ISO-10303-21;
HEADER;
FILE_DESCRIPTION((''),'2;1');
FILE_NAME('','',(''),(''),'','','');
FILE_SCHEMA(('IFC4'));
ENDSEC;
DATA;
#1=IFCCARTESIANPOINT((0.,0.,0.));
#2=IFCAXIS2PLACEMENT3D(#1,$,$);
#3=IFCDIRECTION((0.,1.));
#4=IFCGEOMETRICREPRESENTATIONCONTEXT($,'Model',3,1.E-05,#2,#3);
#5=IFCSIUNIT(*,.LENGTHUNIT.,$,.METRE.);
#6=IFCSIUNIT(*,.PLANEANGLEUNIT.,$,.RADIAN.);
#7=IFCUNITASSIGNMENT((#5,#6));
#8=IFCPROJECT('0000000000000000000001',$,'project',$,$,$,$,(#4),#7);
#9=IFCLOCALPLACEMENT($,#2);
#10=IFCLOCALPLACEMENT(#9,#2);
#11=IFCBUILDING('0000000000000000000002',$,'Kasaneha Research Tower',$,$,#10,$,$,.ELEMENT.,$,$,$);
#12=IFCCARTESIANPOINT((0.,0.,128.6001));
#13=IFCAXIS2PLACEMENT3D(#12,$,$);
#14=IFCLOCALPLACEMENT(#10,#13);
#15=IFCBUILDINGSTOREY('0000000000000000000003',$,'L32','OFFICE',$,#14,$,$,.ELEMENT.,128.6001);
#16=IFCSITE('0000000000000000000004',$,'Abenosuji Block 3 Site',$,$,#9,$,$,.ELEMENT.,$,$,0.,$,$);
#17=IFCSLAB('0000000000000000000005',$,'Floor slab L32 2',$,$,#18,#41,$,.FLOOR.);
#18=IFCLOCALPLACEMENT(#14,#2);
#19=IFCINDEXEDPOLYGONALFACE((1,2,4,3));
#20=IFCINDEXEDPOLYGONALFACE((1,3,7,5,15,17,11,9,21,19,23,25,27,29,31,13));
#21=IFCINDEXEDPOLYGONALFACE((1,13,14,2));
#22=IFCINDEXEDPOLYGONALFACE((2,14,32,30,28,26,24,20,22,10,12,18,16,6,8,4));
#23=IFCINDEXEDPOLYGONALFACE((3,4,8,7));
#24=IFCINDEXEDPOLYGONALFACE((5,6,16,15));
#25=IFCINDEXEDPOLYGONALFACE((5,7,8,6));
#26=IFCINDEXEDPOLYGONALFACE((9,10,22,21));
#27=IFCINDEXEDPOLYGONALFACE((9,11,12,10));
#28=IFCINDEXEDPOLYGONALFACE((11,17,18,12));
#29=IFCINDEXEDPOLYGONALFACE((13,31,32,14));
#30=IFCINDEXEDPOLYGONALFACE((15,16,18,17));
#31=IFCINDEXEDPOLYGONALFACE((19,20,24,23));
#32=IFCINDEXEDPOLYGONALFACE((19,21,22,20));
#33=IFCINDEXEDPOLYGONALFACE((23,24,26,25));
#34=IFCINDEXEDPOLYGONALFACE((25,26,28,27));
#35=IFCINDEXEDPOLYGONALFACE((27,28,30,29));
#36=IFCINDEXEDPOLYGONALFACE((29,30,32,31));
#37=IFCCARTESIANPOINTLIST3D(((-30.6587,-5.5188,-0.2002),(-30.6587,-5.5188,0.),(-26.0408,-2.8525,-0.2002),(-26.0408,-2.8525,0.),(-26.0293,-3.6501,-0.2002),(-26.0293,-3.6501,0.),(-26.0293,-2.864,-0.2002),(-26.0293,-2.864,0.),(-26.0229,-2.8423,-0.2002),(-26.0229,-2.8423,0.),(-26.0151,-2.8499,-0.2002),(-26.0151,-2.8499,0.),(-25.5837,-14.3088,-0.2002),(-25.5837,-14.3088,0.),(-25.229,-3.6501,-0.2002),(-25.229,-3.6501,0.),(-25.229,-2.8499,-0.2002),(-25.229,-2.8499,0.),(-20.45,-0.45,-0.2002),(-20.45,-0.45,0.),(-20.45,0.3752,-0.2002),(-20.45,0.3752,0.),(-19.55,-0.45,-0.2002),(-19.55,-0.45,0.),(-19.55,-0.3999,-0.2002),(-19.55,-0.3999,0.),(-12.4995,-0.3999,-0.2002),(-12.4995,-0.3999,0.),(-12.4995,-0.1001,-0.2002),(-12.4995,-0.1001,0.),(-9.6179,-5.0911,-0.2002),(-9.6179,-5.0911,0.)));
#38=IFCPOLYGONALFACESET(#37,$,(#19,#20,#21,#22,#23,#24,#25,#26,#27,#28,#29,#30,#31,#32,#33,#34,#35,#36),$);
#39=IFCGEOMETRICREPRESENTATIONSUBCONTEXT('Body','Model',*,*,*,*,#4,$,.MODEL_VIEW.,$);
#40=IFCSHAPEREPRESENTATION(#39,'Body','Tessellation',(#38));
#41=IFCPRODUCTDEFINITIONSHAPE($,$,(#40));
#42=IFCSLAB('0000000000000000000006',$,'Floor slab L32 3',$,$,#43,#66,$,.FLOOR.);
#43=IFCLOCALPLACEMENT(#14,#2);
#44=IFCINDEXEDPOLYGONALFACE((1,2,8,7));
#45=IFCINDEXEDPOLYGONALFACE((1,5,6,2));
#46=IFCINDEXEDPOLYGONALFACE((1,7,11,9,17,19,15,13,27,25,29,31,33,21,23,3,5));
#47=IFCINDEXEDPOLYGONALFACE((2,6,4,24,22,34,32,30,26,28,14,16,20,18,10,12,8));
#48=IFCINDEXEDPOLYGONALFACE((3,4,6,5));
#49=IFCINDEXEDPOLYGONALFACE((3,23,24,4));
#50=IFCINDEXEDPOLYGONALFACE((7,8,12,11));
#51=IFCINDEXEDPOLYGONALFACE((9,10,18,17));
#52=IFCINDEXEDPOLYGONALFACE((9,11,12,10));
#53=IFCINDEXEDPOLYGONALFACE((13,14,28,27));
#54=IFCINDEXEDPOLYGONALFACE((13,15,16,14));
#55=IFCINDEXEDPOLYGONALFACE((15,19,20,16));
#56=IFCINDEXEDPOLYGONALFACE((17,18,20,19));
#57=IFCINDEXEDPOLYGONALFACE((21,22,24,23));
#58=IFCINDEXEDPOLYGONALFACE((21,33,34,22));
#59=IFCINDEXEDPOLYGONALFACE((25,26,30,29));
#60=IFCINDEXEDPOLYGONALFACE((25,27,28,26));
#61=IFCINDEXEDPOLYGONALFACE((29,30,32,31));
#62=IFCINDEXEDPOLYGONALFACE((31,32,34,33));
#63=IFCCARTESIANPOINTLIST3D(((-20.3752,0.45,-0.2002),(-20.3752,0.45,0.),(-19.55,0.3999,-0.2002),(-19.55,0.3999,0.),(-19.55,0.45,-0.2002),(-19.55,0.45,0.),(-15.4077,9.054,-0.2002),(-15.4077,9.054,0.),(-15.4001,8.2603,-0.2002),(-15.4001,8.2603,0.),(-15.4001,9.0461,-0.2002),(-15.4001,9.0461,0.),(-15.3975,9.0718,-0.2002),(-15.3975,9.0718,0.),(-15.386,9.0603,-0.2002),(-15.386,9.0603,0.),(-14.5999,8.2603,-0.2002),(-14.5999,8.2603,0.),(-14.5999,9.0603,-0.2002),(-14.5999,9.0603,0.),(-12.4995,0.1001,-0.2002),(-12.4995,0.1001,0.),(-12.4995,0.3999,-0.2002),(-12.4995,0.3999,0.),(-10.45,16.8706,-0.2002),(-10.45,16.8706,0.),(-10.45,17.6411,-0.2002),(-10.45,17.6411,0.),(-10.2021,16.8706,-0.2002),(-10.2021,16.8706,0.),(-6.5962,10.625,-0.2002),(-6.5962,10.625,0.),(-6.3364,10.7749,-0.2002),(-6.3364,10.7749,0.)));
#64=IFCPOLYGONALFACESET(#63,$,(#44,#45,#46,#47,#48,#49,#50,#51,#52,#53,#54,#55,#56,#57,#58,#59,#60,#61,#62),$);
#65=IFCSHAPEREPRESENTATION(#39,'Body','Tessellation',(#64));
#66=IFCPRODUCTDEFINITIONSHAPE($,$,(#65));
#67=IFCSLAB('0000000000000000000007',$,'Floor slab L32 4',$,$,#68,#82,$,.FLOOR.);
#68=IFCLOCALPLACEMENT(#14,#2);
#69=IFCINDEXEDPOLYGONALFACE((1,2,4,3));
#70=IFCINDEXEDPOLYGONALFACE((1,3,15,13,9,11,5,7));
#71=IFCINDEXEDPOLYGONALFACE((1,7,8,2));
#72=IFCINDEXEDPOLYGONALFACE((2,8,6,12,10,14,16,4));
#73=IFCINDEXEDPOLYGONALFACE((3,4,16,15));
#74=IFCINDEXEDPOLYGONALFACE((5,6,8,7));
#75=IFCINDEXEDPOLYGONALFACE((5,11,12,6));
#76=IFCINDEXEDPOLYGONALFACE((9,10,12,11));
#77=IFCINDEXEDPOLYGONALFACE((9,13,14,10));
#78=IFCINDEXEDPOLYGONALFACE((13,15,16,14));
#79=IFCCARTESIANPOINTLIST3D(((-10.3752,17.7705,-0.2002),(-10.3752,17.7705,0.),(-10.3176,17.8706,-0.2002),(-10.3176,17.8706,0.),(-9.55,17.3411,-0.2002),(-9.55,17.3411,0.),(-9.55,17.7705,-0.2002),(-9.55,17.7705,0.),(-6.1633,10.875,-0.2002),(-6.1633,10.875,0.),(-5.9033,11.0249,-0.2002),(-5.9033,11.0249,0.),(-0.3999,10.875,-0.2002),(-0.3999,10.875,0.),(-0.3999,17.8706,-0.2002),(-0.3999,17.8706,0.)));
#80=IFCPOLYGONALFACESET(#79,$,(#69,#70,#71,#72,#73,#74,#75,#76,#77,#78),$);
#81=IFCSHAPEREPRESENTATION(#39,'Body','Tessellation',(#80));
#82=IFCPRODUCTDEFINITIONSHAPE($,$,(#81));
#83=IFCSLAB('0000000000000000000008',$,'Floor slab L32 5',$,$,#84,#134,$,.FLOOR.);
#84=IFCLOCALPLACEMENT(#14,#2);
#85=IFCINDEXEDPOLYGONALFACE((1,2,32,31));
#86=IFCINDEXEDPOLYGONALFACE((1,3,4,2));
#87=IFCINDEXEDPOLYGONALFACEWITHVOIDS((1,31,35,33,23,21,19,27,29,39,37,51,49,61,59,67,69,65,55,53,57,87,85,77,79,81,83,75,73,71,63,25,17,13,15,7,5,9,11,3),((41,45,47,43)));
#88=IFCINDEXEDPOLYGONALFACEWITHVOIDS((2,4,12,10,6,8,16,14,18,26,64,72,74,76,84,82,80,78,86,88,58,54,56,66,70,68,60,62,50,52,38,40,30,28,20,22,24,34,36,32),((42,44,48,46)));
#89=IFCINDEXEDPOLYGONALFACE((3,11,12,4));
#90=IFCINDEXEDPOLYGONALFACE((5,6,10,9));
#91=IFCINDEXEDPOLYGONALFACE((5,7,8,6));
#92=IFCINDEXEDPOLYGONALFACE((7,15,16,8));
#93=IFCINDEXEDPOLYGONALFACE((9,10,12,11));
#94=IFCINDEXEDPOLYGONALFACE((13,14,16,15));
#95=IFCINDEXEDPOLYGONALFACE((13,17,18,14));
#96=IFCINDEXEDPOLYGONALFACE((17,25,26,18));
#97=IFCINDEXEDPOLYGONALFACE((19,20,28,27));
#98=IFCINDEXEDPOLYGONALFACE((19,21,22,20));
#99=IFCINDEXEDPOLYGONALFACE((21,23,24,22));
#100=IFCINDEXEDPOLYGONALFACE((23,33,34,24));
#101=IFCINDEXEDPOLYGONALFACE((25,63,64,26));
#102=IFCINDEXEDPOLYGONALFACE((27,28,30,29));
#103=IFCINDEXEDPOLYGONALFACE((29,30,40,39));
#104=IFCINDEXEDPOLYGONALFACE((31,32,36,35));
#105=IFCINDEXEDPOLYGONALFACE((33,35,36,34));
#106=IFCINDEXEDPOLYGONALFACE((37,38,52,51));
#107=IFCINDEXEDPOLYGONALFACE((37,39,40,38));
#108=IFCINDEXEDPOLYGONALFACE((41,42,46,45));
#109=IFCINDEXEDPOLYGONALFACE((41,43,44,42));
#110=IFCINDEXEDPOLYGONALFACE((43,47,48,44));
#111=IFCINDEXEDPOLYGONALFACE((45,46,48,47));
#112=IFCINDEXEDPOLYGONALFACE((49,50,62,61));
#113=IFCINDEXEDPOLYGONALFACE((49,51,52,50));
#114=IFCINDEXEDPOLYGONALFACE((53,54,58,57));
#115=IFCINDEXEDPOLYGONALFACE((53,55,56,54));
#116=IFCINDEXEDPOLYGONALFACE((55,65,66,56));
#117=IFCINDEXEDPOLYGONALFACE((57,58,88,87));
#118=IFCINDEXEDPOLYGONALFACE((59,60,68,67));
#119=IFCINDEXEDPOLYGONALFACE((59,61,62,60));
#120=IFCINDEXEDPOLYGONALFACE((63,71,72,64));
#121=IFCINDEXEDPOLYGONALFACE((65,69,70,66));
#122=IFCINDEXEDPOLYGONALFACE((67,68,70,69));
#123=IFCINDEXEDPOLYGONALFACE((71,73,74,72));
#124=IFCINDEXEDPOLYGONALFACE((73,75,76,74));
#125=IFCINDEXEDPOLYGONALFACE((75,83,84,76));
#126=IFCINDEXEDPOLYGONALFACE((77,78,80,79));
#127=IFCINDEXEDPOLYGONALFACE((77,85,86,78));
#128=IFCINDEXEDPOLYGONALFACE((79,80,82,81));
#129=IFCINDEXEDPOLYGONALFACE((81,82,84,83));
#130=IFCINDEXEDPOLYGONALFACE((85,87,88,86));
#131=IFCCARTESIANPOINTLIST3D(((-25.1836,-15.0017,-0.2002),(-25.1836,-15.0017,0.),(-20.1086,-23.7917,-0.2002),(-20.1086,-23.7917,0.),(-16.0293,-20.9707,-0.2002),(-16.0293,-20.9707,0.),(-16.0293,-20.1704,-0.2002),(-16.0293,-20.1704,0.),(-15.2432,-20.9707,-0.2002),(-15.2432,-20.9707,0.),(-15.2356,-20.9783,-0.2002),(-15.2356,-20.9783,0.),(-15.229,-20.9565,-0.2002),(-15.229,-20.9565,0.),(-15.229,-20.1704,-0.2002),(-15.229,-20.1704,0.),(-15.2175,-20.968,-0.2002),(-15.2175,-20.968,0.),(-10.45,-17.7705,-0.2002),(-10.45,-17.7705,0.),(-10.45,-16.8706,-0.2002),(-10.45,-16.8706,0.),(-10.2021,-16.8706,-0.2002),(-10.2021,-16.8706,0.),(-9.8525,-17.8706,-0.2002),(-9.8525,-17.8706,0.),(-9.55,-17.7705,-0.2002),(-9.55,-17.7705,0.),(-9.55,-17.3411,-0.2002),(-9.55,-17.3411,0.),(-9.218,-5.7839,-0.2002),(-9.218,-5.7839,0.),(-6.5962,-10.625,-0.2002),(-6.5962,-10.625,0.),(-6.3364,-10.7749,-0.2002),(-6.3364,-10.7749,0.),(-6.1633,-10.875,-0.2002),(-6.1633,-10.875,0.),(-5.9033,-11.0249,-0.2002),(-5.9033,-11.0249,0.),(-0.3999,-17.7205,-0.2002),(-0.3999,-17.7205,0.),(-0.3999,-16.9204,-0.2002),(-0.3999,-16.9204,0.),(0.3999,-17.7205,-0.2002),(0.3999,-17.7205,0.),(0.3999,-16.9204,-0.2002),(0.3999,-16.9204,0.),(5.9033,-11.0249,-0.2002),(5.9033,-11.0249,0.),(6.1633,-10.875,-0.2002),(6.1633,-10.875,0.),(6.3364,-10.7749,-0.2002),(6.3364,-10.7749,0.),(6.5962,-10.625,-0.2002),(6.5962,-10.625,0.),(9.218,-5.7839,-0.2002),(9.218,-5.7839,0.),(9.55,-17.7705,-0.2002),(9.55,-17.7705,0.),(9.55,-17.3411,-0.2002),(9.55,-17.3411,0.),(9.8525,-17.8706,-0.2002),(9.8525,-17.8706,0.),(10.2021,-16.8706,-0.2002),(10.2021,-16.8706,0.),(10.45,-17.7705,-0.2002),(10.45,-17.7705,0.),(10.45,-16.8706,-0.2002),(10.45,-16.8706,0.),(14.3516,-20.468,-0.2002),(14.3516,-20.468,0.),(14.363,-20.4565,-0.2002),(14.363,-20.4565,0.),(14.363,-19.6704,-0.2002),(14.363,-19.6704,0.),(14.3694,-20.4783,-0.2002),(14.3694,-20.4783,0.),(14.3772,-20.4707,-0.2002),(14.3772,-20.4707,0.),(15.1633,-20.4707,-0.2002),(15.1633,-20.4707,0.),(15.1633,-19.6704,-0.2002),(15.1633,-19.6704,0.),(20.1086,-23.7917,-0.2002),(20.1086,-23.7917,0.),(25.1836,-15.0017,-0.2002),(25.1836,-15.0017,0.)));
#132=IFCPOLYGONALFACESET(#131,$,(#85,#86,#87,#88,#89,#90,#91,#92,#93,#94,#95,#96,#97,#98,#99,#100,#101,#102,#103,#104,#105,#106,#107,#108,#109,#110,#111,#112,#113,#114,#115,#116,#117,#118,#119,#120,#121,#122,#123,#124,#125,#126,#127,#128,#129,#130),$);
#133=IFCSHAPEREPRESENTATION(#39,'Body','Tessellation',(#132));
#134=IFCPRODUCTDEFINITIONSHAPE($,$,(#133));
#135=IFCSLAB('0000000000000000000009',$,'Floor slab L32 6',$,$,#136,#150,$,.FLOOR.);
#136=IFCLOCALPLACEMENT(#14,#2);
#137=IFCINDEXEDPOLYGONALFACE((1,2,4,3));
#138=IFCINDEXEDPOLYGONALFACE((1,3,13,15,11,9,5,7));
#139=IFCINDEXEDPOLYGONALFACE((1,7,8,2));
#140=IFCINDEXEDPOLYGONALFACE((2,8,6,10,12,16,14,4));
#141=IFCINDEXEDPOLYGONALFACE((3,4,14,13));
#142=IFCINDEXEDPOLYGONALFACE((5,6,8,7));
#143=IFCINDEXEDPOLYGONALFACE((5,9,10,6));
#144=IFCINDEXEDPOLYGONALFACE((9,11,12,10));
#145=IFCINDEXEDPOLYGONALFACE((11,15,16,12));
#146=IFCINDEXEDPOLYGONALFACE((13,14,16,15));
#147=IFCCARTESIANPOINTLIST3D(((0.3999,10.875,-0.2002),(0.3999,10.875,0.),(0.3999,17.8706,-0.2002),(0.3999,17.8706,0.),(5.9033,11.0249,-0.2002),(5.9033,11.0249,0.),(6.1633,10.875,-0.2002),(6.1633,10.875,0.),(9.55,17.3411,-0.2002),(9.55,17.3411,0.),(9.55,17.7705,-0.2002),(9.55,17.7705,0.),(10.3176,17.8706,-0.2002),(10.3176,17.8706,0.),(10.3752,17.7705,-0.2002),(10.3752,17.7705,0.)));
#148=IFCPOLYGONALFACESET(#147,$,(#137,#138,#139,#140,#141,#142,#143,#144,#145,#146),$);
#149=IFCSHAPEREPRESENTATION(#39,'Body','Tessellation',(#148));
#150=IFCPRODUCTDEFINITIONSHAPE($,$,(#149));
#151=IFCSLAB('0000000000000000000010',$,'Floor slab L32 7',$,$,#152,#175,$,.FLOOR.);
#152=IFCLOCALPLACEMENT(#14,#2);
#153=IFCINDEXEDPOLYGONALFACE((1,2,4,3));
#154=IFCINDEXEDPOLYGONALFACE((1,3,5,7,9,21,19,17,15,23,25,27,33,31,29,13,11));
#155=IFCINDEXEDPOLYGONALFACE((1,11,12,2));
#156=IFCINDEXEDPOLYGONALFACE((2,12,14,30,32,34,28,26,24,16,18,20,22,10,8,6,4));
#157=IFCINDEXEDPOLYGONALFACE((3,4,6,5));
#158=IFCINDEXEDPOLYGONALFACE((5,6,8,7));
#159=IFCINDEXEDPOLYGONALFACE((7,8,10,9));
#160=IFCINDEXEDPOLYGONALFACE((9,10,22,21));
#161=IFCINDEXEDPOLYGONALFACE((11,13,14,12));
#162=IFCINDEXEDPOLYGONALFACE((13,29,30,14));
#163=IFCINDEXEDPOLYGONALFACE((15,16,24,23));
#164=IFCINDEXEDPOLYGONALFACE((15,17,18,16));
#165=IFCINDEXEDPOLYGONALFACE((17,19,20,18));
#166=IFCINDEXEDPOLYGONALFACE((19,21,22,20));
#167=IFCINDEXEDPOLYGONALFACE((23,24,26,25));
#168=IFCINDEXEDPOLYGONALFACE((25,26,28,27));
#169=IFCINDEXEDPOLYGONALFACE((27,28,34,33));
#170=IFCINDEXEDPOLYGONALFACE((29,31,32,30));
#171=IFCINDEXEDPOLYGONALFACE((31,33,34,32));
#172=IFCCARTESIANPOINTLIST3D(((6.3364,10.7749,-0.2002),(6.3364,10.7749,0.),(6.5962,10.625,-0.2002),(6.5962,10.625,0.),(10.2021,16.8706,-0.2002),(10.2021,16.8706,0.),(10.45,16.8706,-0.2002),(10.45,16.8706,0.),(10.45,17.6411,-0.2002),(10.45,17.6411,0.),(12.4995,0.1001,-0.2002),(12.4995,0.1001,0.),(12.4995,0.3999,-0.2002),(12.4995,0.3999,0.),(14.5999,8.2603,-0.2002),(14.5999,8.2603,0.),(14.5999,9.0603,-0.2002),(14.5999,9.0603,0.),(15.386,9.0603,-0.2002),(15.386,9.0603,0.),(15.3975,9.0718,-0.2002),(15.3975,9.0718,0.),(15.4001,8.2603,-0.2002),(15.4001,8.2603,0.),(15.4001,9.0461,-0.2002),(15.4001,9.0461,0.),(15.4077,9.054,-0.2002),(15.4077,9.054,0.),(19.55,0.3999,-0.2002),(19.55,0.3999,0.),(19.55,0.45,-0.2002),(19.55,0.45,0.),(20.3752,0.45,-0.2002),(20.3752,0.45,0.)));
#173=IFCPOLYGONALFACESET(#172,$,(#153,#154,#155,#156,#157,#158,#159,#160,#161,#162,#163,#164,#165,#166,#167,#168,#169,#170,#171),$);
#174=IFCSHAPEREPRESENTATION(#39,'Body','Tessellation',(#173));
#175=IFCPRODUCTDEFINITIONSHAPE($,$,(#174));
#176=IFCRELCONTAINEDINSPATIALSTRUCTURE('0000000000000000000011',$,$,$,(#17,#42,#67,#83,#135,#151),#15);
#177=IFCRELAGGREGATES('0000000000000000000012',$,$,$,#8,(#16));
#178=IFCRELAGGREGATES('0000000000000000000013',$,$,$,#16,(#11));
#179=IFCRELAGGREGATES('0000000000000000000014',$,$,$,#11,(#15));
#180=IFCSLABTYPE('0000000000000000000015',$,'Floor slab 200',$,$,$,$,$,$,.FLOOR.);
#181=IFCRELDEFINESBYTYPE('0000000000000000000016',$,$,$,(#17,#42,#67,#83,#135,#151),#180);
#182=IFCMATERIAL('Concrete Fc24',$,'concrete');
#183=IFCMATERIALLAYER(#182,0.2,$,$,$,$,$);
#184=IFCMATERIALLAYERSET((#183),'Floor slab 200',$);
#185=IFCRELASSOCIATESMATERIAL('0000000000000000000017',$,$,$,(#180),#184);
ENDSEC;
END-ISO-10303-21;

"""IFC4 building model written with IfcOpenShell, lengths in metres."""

from ifc_helpers import new_model, si_unit, direction, frame, origin, place, context, subcontext, project, spatial, polyline, outline, extrude, material, layer, layer_set, type_object, element, save


model = new_model("IFC4")

# Units and contexts
model_context = context("Model", 3, precision=1e-05, world=origin(), true_north=direction((0.0, 1.0)))
body_context = subcontext(model_context, "Body", "Model", "MODEL_VIEW")
ifc_project = project(units=[si_unit("LENGTHUNIT", "METRE"), si_unit("PLANEANGLEUNIT", "RADIAN")], contexts=[model_context])

# Site, building, storey
site_placement = place(None, origin())
site = spatial("IfcSite", under=ifc_project, at=site_placement, Name="Abenosuji Block 3 Site", CompositionType="ELEMENT", RefElevation=0.0)
building_placement = place(site_placement, origin())
building = spatial("IfcBuilding", under=site, at=building_placement, Name="Kasaneha Research Tower", CompositionType="ELEMENT")
storey_placement = place(building_placement, frame((0.0, 0.0, 128.6001)))
storey = spatial("IfcBuildingStorey", under=building, at=storey_placement, Name="L32", Description="OFFICE", CompositionType="ELEMENT", Elevation=128.6001)

# Slabs
ifc_material_1 = material(Name="Concrete Fc24", Category="concrete")
ifc_layer_1 = layer(ifc_material_1, 0.2)
ifc_layer_set_1 = layer_set([ifc_layer_1], Name="Floor slab 200")
slab_type_1 = type_object("IfcSlabType", Name="Floor slab 200", PredefinedType="FLOOR", material=ifc_layer_set_1)
slab_1_placement = place(storey_placement, frame((0.0, 0.0, -0.2002)))
element("IfcSlab", 1, at=slab_1_placement, inside=storey, type_object=slab_type_1, Name="Floor slab L32 2", PredefinedType="FLOOR", context=body_context, shape_type="SweptSolid", body=[
    extrude(outline(polyline([(-25.229, -3.6501), (-25.229, -2.8499), (-26.0151, -2.8499), (-26.0229, -2.8423), (-20.45, 0.3752), (-20.45, -0.45), (-19.55, -0.45), (-19.55, -0.3999), (-12.4995, -0.3999), (-12.4995, -0.1001), (-9.6179, -5.0911), (-25.5837, -14.3088), (-30.6587, -5.5188), (-26.0408, -2.8525), (-26.0293, -2.864), (-26.0293, -3.6501), (-25.229, -3.6501)])), origin(), (0.0, 0.0, 1.0), 0.2002),
])
slab_2_placement = place(storey_placement, frame((0.0, 0.0, -0.2002)))
element("IfcSlab", 2, at=slab_2_placement, inside=storey, type_object=slab_type_1, Name="Floor slab L32 3", PredefinedType="FLOOR", context=body_context, shape_type="SweptSolid", body=[
    extrude(outline(polyline([(-6.3364, 10.7749), (-12.4995, 0.1001), (-12.4995, 0.3999), (-19.55, 0.3999), (-19.55, 0.45), (-20.3752, 0.45), (-15.4077, 9.054), (-15.4001, 9.0461), (-15.4001, 8.2603), (-14.5999, 8.2603), (-14.5999, 9.0603), (-15.386, 9.0603), (-15.3975, 9.0718), (-10.45, 17.6411), (-10.45, 16.8706), (-10.2021, 16.8706), (-6.5962, 10.625), (-6.3364, 10.7749)])), origin(), (0.0, 0.0, 1.0), 0.2002),
])
slab_3_placement = place(storey_placement, frame((0.0, 0.0, -0.2002)))
element("IfcSlab", 3, at=slab_3_placement, inside=storey, type_object=slab_type_1, Name="Floor slab L32 4", PredefinedType="FLOOR", context=body_context, shape_type="SweptSolid", body=[
    extrude(outline(polyline([(-6.1633, 10.875), (-5.9033, 11.0249), (-9.55, 17.3411), (-9.55, 17.7705), (-10.3752, 17.7705), (-10.3176, 17.8706), (-0.3999, 17.8706), (-0.3999, 10.875), (-6.1633, 10.875)])), origin(), (0.0, 0.0, 1.0), 0.2002),
])
slab_4_placement = place(storey_placement, frame((0.0, 0.0, -0.2002)))
element("IfcSlab", 4, at=slab_4_placement, inside=storey, type_object=slab_type_1, Name="Floor slab L32 5", PredefinedType="FLOOR", context=body_context, shape_type="SweptSolid", body=[
    extrude(outline(polyline([(-6.3364, -10.7749), (-6.5962, -10.625), (-10.2021, -16.8706), (-10.45, -16.8706), (-10.45, -17.7705), (-9.55, -17.7705), (-9.55, -17.3411), (-5.9033, -11.0249), (-6.1633, -10.875), (6.1633, -10.875), (5.9033, -11.0249), (9.55, -17.3411), (9.55, -17.7705), (10.45, -17.7705), (10.45, -16.8706), (10.2021, -16.8706), (6.5962, -10.625), (6.3364, -10.7749), (9.218, -5.7839), (25.1836, -15.0017), (20.1086, -23.7917), (14.3694, -20.4783), (14.3772, -20.4707), (15.1633, -20.4707), (15.1633, -19.6704), (14.363, -19.6704), (14.363, -20.4565), (14.3516, -20.468), (9.8525, -17.8706), (-9.8525, -17.8706), (-15.2175, -20.968), (-15.229, -20.9565), (-15.229, -20.1704), (-16.0293, -20.1704), (-16.0293, -20.9707), (-15.2432, -20.9707), (-15.2356, -20.9783), (-20.1086, -23.7917), (-25.1836, -15.0017), (-9.218, -5.7839), (-6.3364, -10.7749)]), holes=[polyline([(0.3999, -17.7205), (0.3999, -16.9204), (-0.3999, -16.9204), (-0.3999, -17.7205), (0.3999, -17.7205)])]), origin(), (0.0, 0.0, 1.0), 0.2002),
])
slab_5_placement = place(storey_placement, frame((0.0, 0.0, -0.2002)))
element("IfcSlab", 5, at=slab_5_placement, inside=storey, type_object=slab_type_1, Name="Floor slab L32 6", PredefinedType="FLOOR", context=body_context, shape_type="SweptSolid", body=[
    extrude(outline(polyline([(9.55, 17.3411), (5.9033, 11.0249), (6.1633, 10.875), (0.3999, 10.875), (0.3999, 17.8706), (10.3176, 17.8706), (10.3752, 17.7705), (9.55, 17.7705), (9.55, 17.3411)])), origin(), (0.0, 0.0, 1.0), 0.2002),
])
slab_6_placement = place(storey_placement, frame((0.0, 0.0, -0.2002)))
element("IfcSlab", 6, at=slab_6_placement, inside=storey, type_object=slab_type_1, Name="Floor slab L32 7", PredefinedType="FLOOR", context=body_context, shape_type="SweptSolid", body=[
    extrude(outline(polyline([(12.4995, 0.1001), (6.3364, 10.7749), (6.5962, 10.625), (10.2021, 16.8706), (10.45, 16.8706), (10.45, 17.6411), (15.3975, 9.0718), (15.386, 9.0603), (14.5999, 9.0603), (14.5999, 8.2603), (15.4001, 8.2603), (15.4001, 9.0461), (15.4077, 9.054), (20.3752, 0.45), (19.55, 0.45), (19.55, 0.3999), (12.4995, 0.3999), (12.4995, 0.1001)])), origin(), (0.0, 0.0, 1.0), 0.2002),
])

save(model, "model.ifc")
